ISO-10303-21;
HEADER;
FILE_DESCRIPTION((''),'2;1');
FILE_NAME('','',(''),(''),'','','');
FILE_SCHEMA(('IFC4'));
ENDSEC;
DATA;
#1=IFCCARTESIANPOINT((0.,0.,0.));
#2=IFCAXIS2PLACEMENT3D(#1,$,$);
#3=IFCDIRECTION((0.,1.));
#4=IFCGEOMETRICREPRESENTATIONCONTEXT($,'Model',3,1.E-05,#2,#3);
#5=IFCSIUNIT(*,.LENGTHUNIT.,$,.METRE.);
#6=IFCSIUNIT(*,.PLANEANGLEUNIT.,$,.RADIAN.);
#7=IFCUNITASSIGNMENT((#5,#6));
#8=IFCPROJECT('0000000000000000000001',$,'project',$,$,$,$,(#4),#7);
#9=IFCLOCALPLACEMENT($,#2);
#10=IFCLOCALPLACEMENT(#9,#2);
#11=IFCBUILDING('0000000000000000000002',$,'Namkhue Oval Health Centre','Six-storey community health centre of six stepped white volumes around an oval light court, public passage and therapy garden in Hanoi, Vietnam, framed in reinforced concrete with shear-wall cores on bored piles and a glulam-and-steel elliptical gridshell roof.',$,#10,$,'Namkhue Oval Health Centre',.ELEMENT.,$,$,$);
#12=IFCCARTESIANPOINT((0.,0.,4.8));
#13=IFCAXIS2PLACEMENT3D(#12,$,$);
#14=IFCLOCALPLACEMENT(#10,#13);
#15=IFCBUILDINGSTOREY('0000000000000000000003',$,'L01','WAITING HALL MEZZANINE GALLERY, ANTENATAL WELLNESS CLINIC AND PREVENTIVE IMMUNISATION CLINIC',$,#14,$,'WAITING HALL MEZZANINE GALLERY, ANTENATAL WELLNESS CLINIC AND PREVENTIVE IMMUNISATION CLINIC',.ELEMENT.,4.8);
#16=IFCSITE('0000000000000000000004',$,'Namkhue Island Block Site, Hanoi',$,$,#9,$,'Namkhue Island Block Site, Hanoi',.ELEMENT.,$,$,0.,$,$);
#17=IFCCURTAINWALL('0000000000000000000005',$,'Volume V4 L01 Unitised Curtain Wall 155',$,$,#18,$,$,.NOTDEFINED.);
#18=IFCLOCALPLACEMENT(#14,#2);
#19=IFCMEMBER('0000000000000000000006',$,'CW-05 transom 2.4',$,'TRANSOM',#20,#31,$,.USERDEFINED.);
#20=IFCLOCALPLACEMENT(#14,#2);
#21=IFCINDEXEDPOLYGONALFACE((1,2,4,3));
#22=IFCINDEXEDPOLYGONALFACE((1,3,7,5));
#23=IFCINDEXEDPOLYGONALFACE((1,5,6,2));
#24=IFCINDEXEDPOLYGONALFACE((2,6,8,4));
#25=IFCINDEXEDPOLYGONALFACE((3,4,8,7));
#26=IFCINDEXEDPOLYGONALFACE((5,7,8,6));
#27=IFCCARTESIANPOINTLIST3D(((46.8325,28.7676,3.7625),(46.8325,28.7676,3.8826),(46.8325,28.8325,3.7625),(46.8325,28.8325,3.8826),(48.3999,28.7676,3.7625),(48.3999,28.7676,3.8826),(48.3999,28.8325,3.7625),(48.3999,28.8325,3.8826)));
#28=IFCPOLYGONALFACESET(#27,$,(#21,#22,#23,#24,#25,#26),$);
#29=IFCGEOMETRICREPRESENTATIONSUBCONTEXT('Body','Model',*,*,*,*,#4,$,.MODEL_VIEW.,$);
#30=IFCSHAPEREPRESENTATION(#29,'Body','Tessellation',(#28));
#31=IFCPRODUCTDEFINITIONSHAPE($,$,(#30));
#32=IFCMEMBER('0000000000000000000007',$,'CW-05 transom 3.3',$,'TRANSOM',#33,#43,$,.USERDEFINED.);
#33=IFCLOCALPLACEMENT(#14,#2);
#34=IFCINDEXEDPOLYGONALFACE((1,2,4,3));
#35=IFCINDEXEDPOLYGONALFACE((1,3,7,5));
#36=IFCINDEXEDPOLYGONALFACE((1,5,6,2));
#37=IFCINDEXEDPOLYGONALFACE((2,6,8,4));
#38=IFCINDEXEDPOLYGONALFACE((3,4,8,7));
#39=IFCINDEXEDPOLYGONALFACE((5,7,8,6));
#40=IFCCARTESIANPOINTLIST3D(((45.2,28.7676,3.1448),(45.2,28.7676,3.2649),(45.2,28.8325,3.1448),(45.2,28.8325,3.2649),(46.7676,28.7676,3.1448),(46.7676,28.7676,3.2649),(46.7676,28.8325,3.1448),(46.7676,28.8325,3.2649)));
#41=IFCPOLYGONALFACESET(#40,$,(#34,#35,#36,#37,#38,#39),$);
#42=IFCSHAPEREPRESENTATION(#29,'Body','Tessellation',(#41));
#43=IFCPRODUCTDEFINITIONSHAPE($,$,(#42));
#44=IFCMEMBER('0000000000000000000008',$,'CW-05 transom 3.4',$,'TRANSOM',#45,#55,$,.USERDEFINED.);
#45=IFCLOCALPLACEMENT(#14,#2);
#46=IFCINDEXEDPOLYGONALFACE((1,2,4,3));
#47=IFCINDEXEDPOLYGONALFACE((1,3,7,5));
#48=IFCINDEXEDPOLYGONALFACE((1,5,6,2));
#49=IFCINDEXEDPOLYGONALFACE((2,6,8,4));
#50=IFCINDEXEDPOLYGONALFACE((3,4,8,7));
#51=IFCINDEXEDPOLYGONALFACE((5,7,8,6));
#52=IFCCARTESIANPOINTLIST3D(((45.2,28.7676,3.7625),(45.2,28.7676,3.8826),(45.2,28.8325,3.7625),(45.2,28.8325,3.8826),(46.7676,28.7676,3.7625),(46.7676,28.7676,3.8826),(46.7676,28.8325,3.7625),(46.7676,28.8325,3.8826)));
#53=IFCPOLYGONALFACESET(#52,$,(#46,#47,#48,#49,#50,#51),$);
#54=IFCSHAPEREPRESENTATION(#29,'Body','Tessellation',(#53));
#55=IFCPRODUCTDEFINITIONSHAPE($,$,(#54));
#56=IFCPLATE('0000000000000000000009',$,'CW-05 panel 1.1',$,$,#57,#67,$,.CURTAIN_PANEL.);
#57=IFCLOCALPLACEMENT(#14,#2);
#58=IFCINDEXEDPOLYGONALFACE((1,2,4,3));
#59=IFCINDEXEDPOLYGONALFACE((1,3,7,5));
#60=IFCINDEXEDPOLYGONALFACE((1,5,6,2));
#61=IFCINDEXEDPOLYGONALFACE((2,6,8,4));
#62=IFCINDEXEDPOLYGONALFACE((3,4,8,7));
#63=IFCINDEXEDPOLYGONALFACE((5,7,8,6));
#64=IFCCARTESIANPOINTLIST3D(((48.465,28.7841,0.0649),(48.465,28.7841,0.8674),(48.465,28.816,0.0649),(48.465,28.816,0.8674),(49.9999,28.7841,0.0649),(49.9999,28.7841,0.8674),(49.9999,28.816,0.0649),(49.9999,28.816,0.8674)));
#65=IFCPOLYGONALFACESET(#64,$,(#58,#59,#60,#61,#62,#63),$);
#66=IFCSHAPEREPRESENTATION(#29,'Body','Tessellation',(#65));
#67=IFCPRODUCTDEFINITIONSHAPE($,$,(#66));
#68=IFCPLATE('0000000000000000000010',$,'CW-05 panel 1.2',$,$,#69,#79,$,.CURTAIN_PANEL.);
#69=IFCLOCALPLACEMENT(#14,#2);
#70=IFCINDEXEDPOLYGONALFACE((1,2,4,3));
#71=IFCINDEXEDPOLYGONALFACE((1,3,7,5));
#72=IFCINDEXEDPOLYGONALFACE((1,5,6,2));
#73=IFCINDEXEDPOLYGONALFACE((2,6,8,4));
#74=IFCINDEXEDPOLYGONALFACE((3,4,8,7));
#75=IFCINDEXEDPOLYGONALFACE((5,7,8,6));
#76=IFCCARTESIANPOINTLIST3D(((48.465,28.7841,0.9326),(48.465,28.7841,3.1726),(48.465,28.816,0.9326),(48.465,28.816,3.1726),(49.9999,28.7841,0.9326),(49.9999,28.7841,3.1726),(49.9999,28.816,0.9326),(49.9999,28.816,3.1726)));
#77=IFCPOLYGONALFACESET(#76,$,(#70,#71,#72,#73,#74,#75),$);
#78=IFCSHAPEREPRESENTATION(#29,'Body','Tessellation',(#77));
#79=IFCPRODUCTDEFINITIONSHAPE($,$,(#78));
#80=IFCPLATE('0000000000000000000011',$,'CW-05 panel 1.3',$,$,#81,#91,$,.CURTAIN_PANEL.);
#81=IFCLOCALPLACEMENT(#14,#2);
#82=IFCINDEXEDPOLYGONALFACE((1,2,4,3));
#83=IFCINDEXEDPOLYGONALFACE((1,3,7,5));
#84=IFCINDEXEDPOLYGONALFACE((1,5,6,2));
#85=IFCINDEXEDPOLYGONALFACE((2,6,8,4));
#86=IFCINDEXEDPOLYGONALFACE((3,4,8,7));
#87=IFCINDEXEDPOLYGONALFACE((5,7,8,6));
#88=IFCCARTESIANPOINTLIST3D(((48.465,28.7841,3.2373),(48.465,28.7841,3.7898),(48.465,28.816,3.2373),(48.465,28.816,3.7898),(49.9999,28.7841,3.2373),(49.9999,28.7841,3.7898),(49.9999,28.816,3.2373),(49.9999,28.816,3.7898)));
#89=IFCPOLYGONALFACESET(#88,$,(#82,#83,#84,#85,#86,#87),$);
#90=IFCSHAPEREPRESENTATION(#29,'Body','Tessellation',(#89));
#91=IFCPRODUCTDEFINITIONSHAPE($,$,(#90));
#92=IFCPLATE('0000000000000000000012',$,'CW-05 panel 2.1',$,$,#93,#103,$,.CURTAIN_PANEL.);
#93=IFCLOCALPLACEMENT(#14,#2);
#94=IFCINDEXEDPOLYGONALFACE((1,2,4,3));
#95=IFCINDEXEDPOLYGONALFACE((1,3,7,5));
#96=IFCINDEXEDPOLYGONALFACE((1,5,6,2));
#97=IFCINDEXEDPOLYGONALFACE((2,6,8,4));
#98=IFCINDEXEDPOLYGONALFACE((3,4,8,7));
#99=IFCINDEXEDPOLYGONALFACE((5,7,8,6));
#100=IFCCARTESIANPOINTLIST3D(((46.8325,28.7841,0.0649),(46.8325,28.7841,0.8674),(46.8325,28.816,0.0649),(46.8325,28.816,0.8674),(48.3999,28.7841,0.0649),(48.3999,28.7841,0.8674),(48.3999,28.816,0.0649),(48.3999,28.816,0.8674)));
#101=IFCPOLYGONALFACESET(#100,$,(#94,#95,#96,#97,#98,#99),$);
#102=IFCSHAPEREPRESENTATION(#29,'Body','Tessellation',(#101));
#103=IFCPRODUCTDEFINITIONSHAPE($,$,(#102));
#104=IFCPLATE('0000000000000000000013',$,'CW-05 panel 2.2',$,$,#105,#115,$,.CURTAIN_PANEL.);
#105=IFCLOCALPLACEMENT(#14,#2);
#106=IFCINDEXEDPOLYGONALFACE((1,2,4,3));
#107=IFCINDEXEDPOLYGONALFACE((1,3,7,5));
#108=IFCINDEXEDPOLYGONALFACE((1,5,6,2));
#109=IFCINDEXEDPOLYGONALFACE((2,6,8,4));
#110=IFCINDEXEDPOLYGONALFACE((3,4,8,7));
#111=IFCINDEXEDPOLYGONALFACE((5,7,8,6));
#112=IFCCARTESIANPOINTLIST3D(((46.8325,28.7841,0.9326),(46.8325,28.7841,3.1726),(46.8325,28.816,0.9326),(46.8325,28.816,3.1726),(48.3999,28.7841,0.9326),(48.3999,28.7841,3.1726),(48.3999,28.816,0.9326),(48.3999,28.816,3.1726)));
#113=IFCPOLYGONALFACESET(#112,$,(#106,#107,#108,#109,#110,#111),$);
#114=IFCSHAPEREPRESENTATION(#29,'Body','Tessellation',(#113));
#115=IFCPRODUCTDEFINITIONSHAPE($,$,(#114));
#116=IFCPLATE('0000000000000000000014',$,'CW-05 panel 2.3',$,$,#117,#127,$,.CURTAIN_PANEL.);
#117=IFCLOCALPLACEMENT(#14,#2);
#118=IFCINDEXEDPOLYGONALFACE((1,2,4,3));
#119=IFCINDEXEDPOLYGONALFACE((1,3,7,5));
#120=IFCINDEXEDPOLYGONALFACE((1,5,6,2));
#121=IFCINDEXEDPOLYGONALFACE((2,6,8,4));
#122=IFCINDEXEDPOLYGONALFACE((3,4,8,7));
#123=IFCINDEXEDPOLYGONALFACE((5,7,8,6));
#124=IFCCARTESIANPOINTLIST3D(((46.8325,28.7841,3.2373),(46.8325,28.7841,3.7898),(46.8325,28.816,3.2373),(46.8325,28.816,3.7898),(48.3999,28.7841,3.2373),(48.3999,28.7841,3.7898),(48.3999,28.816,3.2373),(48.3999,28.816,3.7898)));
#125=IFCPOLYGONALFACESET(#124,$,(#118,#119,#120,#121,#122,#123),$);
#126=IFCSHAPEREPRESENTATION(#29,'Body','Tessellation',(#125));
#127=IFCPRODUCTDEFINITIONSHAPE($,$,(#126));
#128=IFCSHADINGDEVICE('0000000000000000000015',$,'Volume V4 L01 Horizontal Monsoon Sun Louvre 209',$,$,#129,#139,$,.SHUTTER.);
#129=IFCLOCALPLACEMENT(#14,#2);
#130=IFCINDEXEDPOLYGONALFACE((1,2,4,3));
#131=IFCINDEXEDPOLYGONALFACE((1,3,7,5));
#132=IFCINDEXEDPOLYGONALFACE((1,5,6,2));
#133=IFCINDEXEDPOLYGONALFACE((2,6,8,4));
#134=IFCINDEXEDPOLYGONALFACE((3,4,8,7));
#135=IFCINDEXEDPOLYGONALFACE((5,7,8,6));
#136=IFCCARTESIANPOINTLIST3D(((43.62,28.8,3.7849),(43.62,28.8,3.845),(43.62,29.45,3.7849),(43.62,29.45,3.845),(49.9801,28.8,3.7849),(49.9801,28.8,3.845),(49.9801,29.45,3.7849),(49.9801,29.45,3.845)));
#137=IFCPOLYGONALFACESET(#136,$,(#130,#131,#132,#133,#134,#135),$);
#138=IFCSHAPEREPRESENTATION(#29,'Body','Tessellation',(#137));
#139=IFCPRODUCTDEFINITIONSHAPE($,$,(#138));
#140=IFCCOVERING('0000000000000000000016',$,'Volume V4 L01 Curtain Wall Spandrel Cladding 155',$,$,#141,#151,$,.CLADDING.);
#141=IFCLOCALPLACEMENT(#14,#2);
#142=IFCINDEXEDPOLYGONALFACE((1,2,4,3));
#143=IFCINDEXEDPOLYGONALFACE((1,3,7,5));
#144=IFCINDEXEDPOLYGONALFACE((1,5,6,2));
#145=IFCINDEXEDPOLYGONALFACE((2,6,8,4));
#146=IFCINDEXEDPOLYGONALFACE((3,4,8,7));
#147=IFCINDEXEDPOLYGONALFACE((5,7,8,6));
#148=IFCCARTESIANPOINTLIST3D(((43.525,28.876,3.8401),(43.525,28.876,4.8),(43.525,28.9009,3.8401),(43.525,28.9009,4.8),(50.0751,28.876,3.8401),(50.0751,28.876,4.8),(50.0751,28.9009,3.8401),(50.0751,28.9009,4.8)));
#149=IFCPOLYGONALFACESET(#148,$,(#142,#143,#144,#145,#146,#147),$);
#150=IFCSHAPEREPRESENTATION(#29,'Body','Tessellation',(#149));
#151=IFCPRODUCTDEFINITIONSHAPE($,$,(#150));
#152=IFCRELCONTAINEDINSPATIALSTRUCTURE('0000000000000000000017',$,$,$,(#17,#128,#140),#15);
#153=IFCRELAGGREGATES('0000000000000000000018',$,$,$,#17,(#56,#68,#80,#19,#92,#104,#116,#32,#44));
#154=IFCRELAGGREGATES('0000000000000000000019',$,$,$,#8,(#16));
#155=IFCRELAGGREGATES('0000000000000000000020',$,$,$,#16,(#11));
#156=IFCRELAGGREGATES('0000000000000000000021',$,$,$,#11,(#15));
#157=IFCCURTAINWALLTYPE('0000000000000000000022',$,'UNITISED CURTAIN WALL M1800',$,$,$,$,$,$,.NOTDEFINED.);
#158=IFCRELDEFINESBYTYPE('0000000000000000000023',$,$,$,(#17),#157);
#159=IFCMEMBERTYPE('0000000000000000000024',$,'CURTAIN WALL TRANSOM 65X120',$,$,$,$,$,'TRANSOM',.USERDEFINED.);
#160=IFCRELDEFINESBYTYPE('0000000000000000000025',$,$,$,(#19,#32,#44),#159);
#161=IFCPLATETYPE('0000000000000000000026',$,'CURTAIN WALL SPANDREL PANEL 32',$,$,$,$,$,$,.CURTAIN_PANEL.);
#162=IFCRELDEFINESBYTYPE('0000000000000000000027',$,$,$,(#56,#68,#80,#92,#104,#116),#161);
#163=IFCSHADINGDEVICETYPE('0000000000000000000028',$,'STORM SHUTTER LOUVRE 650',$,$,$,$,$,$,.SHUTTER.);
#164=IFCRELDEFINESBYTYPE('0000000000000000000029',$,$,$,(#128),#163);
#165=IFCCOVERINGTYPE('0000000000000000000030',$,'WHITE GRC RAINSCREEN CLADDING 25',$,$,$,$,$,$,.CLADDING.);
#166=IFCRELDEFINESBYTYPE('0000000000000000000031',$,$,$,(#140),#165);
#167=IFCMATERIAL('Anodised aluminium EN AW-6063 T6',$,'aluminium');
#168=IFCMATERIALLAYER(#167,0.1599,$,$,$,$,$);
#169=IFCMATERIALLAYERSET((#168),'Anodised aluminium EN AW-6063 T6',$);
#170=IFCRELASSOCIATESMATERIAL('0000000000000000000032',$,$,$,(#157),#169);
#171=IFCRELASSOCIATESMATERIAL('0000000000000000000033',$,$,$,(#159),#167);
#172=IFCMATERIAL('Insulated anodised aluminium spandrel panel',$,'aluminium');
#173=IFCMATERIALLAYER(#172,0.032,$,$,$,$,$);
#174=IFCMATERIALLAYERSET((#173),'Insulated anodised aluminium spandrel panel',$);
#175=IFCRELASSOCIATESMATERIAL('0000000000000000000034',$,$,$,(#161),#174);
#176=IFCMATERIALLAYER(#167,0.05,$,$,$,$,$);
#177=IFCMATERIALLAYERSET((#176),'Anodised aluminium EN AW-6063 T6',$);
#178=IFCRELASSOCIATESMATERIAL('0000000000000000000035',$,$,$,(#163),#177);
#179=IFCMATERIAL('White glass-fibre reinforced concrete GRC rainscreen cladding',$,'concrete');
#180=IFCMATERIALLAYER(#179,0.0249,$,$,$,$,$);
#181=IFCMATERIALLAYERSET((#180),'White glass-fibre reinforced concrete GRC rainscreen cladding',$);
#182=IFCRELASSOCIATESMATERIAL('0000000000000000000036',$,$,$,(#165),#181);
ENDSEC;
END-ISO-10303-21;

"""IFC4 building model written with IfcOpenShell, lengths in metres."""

from ifc_helpers import new_model, si_unit, direction, frame, origin, origin_2d, place, context, subcontext, project, spatial, rectangle, extrude, material, layer, layer_set, material_profile, profile_set, type_object, element, aggregate, save


model = new_model("IFC4")

# Units and contexts
model_context = context("Model", 3, precision=1e-05, world=origin(), true_north=direction((0.0, 1.0)))
body_context = subcontext(model_context, "Body", "Model", "MODEL_VIEW")
ifc_project = project(units=[si_unit("LENGTHUNIT", "METRE"), si_unit("PLANEANGLEUNIT", "RADIAN")], contexts=[model_context])

# Site, building, storey
site_placement = place(None, origin())
site = spatial("IfcSite", under=ifc_project, at=site_placement, Name="Namkhue Island Block Site, Hanoi", LongName="Namkhue Island Block Site, Hanoi", CompositionType="ELEMENT", RefElevation=0.0)
building_placement = place(site_placement, origin())
building = spatial("IfcBuilding", under=site, at=building_placement, Name="Namkhue Oval Health Centre", Description="Six-storey community health centre of six stepped white volumes around an oval light court, public passage and therapy garden in Hanoi, Vietnam, framed in reinforced concrete with shear-wall cores on bored piles and a glulam-and-steel elliptical gridshell roof.", LongName="Namkhue Oval Health Centre", CompositionType="ELEMENT")
storey_placement = place(building_placement, frame((0.0, 0.0, 4.8)))
storey = spatial("IfcBuildingStorey", under=building, at=storey_placement, Name="L01", Description="WAITING HALL MEZZANINE GALLERY, ANTENATAL WELLNESS CLINIC AND PREVENTIVE IMMUNISATION CLINIC", LongName="WAITING HALL MEZZANINE GALLERY, ANTENATAL WELLNESS CLINIC AND PREVENTIVE IMMUNISATION CLINIC", CompositionType="ELEMENT", Elevation=4.8)

# Curtain wall
ifc_material_1 = material(Name="Anodised aluminium EN AW-6063 T6", Category="aluminium")
ifc_layer_1 = layer(ifc_material_1, 0.1599)
ifc_layer_set_1 = layer_set([ifc_layer_1], Name="Anodised aluminium EN AW-6063 T6")
curtain_wall_type_1 = type_object("IfcCurtainWallType", Name="UNITISED CURTAIN WALL M1800", PredefinedType="NOTDEFINED", material=ifc_layer_set_1)
curtain_wall_1_placement = place(storey_placement, origin())
curtain_wall_1 = element("IfcCurtainWall", 1, at=curtain_wall_1_placement, inside=storey, type_object=curtain_wall_type_1, Name="Volume V4 L01 Unitised Curtain Wall 155", PredefinedType="NOTDEFINED")

# Members
ifc_material_profile_1 = material_profile(ifc_material_1, rectangle(XDim=0.0649, YDim=0.1201, at=origin_2d()), Name="ALU 65x120")
ifc_profile_set_1 = profile_set([ifc_material_profile_1], Name="Anodised aluminium EN AW-6063 T6")
member_type_1 = type_object("IfcMemberType", Name="CURTAIN WALL TRANSOM 65X120", ElementType="TRANSOM", PredefinedType="USERDEFINED", material=ifc_profile_set_1)
member_1_placement = place(storey_placement, frame((48.3999, 28.8, 3.8225), z_axis=(-1.0, 0.0, 0.0), x_axis=(0.0, -1.0, 0.0)))
member_1 = element("IfcMember", 2, at=member_1_placement, type_object=member_type_1, Name="CW-05 transom 2.4", ObjectType="TRANSOM", PredefinedType="USERDEFINED", context=body_context, shape_type="SweptSolid", body=[
    extrude(rectangle(XDim=0.0649, YDim=0.1201, at=origin_2d()), origin(), (0.0, 0.0, 1.0), 1.5674),
])
member_2_placement = place(storey_placement, frame((46.7676, 28.8, 3.2048), z_axis=(-1.0, 0.0, 0.0), x_axis=(0.0, -1.0, 0.0)))
member_2 = element("IfcMember", 3, at=member_2_placement, type_object=member_type_1, Name="CW-05 transom 3.3", ObjectType="TRANSOM", PredefinedType="USERDEFINED", context=body_context, shape_type="SweptSolid", body=[
    extrude(rectangle(XDim=0.0649, YDim=0.1201, at=origin_2d()), origin(), (0.0, 0.0, 1.0), 1.5676),
])
member_3_placement = place(storey_placement, frame((46.7676, 28.8, 3.8225), z_axis=(-1.0, 0.0, 0.0), x_axis=(0.0, -1.0, 0.0)))
member_3 = element("IfcMember", 4, at=member_3_placement, type_object=member_type_1, Name="CW-05 transom 3.4", ObjectType="TRANSOM", PredefinedType="USERDEFINED", context=body_context, shape_type="SweptSolid", body=[
    extrude(rectangle(XDim=0.0649, YDim=0.1201, at=origin_2d()), origin(), (0.0, 0.0, 1.0), 1.5676),
])

# Plates
ifc_material_2 = material(Name="Insulated anodised aluminium spandrel panel", Category="aluminium")
ifc_layer_2 = layer(ifc_material_2, 0.032)
ifc_layer_set_2 = layer_set([ifc_layer_2], Name="Insulated anodised aluminium spandrel panel")
plate_type = type_object("IfcPlateType", Name="CURTAIN WALL SPANDREL PANEL 32", PredefinedType="CURTAIN_PANEL", material=ifc_layer_set_2)
plate_1_placement = place(storey_placement, frame((49.2324, 28.8, 0.0649), z_axis=(0.0, 0.0, 1.0), x_axis=(-1.0, 0.0, 0.0)))
plate_1 = element("IfcPlate", 5, at=plate_1_placement, type_object=plate_type, Name="CW-05 panel 1.1", PredefinedType="CURTAIN_PANEL", context=body_context, shape_type="SweptSolid", body=[
    extrude(rectangle(XDim=1.5349, YDim=0.032, at=origin_2d()), origin(), (0.0, 0.0, 1.0), 0.8025),
])
plate_2_placement = place(storey_placement, frame((49.2324, 28.8, 0.9326), z_axis=(0.0, 0.0, 1.0), x_axis=(-1.0, 0.0, 0.0)))
plate_2 = element("IfcPlate", 6, at=plate_2_placement, type_object=plate_type, Name="CW-05 panel 1.2", PredefinedType="CURTAIN_PANEL", context=body_context, shape_type="SweptSolid", body=[
    extrude(rectangle(XDim=1.5349, YDim=0.032, at=origin_2d()), origin(), (0.0, 0.0, 1.0), 2.24),
])
plate_3_placement = place(storey_placement, frame((49.2324, 28.8, 3.2373), z_axis=(0.0, 0.0, 1.0), x_axis=(-1.0, 0.0, 0.0)))
plate_3 = element("IfcPlate", 7, at=plate_3_placement, type_object=plate_type, Name="CW-05 panel 1.3", PredefinedType="CURTAIN_PANEL", context=body_context, shape_type="SweptSolid", body=[
    extrude(rectangle(XDim=1.5349, YDim=0.032, at=origin_2d()), origin(), (0.0, 0.0, 1.0), 0.5525),
])
plate_4_placement = place(storey_placement, frame((47.6162, 28.8, 0.0649), z_axis=(0.0, 0.0, 1.0), x_axis=(-1.0, 0.0, 0.0)))
plate_4 = element("IfcPlate", 8, at=plate_4_placement, type_object=plate_type, Name="CW-05 panel 2.1", PredefinedType="CURTAIN_PANEL", context=body_context, shape_type="SweptSolid", body=[
    extrude(rectangle(XDim=1.5674, YDim=0.032, at=origin_2d()), origin(), (0.0, 0.0, 1.0), 0.8025),
])
plate_5_placement = place(storey_placement, frame((47.6162, 28.8, 0.9326), z_axis=(0.0, 0.0, 1.0), x_axis=(-1.0, 0.0, 0.0)))
plate_5 = element("IfcPlate", 9, at=plate_5_placement, type_object=plate_type, Name="CW-05 panel 2.2", PredefinedType="CURTAIN_PANEL", context=body_context, shape_type="SweptSolid", body=[
    extrude(rectangle(XDim=1.5674, YDim=0.032, at=origin_2d()), origin(), (0.0, 0.0, 1.0), 2.24),
])
plate_6_placement = place(storey_placement, frame((47.6162, 28.8, 3.2373), z_axis=(0.0, 0.0, 1.0), x_axis=(-1.0, 0.0, 0.0)))
plate_6 = element("IfcPlate", 10, at=plate_6_placement, type_object=plate_type, Name="CW-05 panel 2.3", PredefinedType="CURTAIN_PANEL", context=body_context, shape_type="SweptSolid", body=[
    extrude(rectangle(XDim=1.5674, YDim=0.032, at=origin_2d()), origin(), (0.0, 0.0, 1.0), 0.5525),
])
aggregate(curtain_wall_1, [plate_1, plate_2, plate_3, member_1, plate_4, plate_5, plate_6, member_2, member_3])

# Shading device
ifc_layer_3 = layer(ifc_material_1, 0.05)
ifc_layer_set_3 = layer_set([ifc_layer_3], Name="Anodised aluminium EN AW-6063 T6")
shading_device_type = type_object("IfcShadingDeviceType", Name="STORM SHUTTER LOUVRE 650", PredefinedType="SHUTTER", material=ifc_layer_set_3)
shading_device_placement = place(storey_placement, frame((46.8, 29.125, 3.7849), z_axis=(0.0, 0.0, 1.0), x_axis=(-1.0, 0.0, 0.0)))
element("IfcShadingDevice", 11, at=shading_device_placement, inside=storey, type_object=shading_device_type, Name="Volume V4 L01 Horizontal Monsoon Sun Louvre 209", PredefinedType="SHUTTER", context=body_context, shape_type="SweptSolid", body=[
    extrude(rectangle(XDim=6.3601, YDim=0.6499, at=origin_2d()), origin(), (0.0, 0.0, 1.0), 0.0601),
])

# Covering
ifc_material_3 = material(Name="White glass-fibre reinforced concrete GRC rainscreen cladding", Category="concrete")
ifc_layer_4 = layer(ifc_material_3, 0.0249)
ifc_layer_set_4 = layer_set([ifc_layer_4], Name="White glass-fibre reinforced concrete GRC rainscreen cladding")
covering_type = type_object("IfcCoveringType", Name="WHITE GRC RAINSCREEN CLADDING 25", PredefinedType="CLADDING", material=ifc_layer_set_4)
covering_placement = place(storey_placement, frame((46.8, 28.8884, 3.8401), z_axis=(0.0, 0.0, 1.0), x_axis=(-1.0, 0.0, 0.0)))
element("IfcCovering", 12, at=covering_placement, inside=storey, type_object=covering_type, Name="Volume V4 L01 Curtain Wall Spandrel Cladding 155", PredefinedType="CLADDING", context=body_context, shape_type="SweptSolid", body=[
    extrude(rectangle(XDim=6.55, YDim=0.0249, at=origin_2d()), origin(), (0.0, 0.0, 1.0), 0.96),
])

save(model, "model.ifc")
